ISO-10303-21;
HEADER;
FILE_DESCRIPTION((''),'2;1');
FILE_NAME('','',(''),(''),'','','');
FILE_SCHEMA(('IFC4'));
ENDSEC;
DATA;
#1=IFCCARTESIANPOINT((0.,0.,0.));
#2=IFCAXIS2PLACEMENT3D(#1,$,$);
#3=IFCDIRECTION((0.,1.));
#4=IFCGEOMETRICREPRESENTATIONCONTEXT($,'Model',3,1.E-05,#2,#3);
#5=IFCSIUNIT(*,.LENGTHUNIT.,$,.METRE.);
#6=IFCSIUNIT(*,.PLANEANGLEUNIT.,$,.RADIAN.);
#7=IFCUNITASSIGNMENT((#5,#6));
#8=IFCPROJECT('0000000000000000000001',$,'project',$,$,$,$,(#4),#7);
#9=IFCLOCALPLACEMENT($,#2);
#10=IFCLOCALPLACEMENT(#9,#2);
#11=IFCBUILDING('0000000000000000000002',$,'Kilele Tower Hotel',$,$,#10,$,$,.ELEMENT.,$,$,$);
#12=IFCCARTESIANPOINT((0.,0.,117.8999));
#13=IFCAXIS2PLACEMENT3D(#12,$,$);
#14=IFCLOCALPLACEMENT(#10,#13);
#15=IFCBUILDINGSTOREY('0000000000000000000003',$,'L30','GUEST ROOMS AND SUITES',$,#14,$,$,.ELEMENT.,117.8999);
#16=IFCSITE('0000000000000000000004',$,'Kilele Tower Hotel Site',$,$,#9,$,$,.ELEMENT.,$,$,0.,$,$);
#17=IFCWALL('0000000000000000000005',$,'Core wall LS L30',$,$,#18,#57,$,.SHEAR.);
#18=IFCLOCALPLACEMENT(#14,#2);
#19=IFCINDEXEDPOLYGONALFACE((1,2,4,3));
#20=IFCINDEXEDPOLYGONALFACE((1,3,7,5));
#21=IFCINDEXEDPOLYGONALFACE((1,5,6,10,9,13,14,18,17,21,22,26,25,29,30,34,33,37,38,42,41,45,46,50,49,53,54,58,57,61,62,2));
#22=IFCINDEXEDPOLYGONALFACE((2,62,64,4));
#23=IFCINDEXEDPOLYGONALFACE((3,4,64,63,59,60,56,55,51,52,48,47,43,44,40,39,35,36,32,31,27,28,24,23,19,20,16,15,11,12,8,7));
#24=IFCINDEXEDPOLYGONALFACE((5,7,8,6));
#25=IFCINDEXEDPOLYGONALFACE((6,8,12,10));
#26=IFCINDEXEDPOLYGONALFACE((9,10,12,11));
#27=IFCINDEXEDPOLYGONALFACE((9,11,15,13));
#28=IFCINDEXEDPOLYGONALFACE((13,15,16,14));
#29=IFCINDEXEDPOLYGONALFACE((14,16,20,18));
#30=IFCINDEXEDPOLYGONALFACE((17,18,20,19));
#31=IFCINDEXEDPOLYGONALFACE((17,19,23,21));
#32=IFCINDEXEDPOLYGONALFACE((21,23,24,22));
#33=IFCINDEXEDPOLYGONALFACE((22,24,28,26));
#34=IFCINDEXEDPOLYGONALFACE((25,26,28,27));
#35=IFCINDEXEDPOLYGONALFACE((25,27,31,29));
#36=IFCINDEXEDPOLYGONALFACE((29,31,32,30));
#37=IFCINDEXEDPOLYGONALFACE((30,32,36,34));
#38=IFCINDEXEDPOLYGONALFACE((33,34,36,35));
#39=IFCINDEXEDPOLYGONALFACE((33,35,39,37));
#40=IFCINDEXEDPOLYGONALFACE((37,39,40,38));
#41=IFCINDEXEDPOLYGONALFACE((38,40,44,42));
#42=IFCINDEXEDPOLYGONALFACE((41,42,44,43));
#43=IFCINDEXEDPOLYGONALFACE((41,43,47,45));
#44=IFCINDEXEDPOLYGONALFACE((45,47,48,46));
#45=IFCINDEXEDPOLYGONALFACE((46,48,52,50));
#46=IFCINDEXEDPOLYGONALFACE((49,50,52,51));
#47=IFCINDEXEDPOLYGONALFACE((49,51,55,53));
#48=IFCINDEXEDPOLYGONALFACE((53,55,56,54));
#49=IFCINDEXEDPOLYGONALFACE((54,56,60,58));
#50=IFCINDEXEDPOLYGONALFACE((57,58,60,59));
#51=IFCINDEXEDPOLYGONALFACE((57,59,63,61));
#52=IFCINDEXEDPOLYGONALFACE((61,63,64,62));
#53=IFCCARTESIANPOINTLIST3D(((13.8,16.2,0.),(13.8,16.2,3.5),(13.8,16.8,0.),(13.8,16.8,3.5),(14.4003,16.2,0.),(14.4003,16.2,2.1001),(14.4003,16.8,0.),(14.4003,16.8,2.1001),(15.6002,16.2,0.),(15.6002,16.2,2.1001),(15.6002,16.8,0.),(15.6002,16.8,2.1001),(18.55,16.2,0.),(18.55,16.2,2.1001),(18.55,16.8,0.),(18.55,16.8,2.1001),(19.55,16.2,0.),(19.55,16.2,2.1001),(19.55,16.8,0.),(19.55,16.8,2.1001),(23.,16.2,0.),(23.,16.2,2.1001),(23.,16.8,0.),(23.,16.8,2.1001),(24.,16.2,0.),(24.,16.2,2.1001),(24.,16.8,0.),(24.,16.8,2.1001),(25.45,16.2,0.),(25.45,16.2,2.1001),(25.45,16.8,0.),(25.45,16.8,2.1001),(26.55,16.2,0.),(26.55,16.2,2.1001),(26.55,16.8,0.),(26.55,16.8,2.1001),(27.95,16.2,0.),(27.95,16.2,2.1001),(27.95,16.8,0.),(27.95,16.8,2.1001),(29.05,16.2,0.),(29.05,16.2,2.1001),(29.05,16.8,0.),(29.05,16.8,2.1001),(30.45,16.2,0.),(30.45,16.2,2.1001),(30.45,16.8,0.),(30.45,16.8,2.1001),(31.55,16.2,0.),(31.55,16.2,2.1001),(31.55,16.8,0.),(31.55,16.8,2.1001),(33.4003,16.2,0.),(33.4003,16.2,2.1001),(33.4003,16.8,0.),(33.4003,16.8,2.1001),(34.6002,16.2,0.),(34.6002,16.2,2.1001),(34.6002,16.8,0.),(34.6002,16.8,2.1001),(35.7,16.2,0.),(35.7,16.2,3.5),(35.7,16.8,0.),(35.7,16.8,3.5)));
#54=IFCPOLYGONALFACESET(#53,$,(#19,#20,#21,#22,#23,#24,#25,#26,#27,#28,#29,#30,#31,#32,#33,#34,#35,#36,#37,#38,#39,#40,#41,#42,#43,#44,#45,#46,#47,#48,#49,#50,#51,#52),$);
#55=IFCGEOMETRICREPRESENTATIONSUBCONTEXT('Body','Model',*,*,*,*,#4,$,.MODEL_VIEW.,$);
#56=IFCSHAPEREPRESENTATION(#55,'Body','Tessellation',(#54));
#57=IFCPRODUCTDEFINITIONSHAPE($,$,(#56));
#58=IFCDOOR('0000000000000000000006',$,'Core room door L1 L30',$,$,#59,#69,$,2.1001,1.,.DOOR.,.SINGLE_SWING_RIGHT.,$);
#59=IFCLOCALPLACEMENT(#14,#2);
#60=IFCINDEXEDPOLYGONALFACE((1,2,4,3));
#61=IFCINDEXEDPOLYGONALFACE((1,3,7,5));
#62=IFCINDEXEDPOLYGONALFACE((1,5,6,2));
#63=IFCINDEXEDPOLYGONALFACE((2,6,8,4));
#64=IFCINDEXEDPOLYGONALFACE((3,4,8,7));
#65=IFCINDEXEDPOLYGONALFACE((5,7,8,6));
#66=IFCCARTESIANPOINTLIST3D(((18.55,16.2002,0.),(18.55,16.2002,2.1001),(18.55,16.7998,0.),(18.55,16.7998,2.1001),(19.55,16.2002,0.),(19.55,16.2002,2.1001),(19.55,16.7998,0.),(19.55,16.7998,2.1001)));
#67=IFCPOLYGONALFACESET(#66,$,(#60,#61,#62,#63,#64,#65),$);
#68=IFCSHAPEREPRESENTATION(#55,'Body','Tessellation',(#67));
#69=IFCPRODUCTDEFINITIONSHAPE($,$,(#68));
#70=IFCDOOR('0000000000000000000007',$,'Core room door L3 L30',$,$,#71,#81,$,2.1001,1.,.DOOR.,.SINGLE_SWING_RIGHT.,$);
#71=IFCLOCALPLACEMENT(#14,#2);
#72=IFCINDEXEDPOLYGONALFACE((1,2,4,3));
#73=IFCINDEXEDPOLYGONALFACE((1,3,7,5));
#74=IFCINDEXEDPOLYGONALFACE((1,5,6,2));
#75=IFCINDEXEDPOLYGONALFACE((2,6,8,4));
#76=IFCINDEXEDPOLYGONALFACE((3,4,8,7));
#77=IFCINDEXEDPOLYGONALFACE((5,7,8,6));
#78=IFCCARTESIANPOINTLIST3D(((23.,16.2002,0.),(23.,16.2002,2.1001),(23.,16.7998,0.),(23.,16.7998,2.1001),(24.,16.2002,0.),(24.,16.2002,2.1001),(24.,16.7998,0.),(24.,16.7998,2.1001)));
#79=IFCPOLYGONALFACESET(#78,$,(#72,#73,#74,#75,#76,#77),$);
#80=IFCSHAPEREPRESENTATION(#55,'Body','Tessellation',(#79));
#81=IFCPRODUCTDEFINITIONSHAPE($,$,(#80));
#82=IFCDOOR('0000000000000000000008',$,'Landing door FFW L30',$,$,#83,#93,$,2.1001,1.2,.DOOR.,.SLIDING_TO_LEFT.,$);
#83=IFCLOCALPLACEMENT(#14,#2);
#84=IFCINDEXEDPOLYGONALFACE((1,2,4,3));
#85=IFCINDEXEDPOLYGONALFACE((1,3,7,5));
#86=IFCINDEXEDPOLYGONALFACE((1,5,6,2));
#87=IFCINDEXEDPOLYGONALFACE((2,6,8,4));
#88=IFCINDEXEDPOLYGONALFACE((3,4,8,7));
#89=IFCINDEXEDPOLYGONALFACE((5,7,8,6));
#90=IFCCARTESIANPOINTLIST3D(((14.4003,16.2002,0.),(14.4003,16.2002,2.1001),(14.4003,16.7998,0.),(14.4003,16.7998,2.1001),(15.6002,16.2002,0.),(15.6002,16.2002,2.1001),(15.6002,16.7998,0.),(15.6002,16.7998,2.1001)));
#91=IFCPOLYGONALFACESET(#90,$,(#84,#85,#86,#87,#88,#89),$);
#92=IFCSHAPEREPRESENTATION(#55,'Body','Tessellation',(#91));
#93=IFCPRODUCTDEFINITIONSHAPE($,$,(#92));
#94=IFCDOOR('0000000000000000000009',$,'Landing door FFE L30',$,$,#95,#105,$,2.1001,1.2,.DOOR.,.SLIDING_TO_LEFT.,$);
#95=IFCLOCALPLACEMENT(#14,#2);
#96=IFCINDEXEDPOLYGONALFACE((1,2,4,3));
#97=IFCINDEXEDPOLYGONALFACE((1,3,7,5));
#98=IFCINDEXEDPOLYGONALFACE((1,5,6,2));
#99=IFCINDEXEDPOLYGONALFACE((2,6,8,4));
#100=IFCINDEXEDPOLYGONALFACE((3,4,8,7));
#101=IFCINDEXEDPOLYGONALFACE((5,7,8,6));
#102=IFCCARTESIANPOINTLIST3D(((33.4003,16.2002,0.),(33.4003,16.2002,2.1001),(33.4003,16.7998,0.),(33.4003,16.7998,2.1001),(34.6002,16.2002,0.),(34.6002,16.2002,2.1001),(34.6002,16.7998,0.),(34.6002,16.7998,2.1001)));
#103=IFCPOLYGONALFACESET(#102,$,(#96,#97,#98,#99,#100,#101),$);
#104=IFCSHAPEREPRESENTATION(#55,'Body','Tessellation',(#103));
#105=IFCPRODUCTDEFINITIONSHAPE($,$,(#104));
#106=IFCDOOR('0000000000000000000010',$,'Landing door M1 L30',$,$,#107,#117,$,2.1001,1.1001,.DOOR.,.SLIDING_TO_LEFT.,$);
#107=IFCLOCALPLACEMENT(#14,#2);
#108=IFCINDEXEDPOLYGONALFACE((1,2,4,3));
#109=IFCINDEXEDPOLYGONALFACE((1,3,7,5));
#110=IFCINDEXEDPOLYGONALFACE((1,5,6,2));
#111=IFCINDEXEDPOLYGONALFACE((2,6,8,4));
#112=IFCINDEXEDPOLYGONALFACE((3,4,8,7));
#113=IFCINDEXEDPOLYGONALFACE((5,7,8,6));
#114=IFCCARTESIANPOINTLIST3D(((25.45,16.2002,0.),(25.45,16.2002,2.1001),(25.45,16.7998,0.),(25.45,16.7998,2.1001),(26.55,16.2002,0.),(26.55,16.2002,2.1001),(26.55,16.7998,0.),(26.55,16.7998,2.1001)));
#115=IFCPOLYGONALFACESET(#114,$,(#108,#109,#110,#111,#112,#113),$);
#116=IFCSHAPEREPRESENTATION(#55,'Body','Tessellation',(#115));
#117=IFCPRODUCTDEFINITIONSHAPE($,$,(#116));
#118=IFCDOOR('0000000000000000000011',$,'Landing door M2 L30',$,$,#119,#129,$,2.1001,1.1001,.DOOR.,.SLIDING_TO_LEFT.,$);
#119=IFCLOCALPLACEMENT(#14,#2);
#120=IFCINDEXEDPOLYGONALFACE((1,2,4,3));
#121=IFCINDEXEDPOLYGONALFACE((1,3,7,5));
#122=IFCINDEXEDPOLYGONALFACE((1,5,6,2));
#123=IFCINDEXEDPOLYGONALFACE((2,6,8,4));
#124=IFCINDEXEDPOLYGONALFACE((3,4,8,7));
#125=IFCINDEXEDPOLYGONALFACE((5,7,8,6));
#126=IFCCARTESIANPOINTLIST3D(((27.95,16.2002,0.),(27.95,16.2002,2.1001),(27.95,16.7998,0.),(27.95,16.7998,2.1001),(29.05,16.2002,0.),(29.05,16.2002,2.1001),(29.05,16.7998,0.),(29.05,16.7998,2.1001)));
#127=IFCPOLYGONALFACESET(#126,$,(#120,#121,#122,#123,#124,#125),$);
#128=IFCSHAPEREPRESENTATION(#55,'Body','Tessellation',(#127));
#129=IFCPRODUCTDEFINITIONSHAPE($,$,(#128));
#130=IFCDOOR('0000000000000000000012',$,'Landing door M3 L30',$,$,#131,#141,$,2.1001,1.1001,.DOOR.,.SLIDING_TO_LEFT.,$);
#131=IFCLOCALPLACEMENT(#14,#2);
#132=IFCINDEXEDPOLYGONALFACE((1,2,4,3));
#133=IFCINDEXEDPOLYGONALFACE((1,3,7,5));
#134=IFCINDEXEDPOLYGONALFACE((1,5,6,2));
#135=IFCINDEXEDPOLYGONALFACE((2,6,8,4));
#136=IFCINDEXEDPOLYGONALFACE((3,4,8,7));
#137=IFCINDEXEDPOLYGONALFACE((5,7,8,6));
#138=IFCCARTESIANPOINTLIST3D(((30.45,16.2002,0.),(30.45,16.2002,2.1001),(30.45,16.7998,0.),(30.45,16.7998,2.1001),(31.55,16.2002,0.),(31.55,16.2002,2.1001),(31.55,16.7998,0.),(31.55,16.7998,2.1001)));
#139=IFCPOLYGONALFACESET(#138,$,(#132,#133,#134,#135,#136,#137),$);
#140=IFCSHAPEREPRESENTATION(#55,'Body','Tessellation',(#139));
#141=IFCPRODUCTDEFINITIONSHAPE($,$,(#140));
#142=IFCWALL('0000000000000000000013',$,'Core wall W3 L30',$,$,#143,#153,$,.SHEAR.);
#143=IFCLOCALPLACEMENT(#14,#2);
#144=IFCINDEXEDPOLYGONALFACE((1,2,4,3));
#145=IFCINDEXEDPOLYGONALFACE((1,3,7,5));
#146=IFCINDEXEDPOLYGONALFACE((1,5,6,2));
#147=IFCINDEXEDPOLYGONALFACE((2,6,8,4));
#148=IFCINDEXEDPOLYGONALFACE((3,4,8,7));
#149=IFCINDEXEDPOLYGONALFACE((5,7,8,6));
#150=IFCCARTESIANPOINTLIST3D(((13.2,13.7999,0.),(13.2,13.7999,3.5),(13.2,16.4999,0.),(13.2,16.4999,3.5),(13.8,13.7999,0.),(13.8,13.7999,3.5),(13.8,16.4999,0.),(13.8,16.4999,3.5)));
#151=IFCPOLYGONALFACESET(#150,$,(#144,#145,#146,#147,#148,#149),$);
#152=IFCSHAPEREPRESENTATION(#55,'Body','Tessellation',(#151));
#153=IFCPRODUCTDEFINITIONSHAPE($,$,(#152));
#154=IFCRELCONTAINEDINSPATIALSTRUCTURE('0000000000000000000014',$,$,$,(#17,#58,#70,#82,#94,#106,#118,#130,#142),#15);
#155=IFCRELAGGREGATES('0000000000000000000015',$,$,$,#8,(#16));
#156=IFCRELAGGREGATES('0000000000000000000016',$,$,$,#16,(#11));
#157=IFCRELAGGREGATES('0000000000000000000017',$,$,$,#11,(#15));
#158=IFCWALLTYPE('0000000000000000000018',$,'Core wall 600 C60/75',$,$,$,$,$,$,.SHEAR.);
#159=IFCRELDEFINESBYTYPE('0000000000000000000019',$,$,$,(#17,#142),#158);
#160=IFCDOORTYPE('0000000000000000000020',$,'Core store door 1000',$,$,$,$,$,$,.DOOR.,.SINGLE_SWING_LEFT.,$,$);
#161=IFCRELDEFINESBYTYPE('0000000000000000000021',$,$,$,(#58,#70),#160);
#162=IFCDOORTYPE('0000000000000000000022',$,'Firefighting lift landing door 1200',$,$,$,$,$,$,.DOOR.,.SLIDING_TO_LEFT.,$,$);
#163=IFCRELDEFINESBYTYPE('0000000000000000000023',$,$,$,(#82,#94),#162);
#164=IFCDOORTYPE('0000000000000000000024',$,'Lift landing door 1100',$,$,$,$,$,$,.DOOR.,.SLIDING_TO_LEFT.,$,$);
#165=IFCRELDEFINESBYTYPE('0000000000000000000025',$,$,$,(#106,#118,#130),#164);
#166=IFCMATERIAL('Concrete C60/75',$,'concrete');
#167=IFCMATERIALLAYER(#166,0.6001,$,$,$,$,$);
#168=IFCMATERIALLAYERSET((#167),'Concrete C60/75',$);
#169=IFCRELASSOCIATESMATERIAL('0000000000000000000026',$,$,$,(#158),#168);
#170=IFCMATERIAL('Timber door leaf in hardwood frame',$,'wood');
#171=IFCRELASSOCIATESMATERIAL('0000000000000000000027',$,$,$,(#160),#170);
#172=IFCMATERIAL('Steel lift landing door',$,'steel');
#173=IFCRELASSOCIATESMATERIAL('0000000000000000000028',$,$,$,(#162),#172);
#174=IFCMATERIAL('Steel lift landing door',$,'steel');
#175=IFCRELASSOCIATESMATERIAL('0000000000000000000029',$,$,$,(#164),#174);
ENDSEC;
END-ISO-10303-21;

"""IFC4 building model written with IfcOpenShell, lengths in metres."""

from ifc_helpers import new_model, si_unit, direction, frame, frame_2d, origin, place, context, subcontext, project, spatial, rectangle, extrude, material, layer, layer_set, type_object, element, fill, save


model = new_model("IFC4")

# Units and contexts
model_context = context("Model", 3, precision=1e-05, world=origin(), true_north=direction((0.0, 1.0)))
body_context = subcontext(model_context, "Body", "Model", "MODEL_VIEW")
ifc_project = project(units=[si_unit("LENGTHUNIT", "METRE"), si_unit("PLANEANGLEUNIT", "RADIAN")], contexts=[model_context])

# Site, building, storey
site_placement = place(None, origin())
site = spatial("IfcSite", under=ifc_project, at=site_placement, Name="Kilele Tower Hotel Site", CompositionType="ELEMENT", RefElevation=0.0)
building_placement = place(site_placement, origin())
building = spatial("IfcBuilding", under=site, at=building_placement, Name="Kilele Tower Hotel", CompositionType="ELEMENT")
storey_placement = place(building_placement, frame((0.0, 0.0, 117.8999)))
storey = spatial("IfcBuildingStorey", under=building, at=storey_placement, Name="L30", Description="GUEST ROOMS AND SUITES", CompositionType="ELEMENT", Elevation=117.8999)

# Shared definitions
ifc_material_1 = material(Name="Concrete C60/75", Category="concrete")
ifc_layer_1 = layer(ifc_material_1, 0.6001)
ifc_layer_set_1 = layer_set([ifc_layer_1], Name="Concrete C60/75")
wall_type_1 = type_object("IfcWallType", Name="Core wall 600 C60/75", PredefinedType="SHEAR", material=ifc_layer_set_1)

# Wall, openings, doors
wall_1_placement = place(storey_placement, frame((13.8, 16.5, 0.0), z_axis=(0.0, 0.0, 1.0), x_axis=(1.0, 0.0, 0.0)))
wall_1 = element("IfcWall", 1, at=wall_1_placement, inside=storey, type_object=wall_type_1, Name="Core wall LS L30", PredefinedType="SHEAR", context=body_context, shape_type="SweptSolid", body=[
    extrude(rectangle(XDim=21.8999, YDim=0.6001, at=frame_2d((10.95, 0.0))), origin(), (0.0, 0.0, 1.0), 3.5),
])
opening_1_placement = place(wall_1_placement, frame((11.6499, 0.0, 0.0)))
opening_1 = element("IfcOpeningElement", 2, at=opening_1_placement, cuts=wall_1, PredefinedType="OPENING", context=body_context, shape_type="SweptSolid", body=[
    extrude(rectangle(XDim=1.1001, YDim=2.1001, at=frame_2d((0.55, 1.05))), frame((0.0, 0.3101, 0.0), z_axis=(0.0, -1.0, 0.0), x_axis=(1.0, 0.0, 0.0)), (0.0, 0.0, 1.0), 0.6201),
])
opening_2_placement = place(wall_1_placement, frame((14.1499, 0.0, 0.0)))
opening_2 = element("IfcOpeningElement", 3, at=opening_2_placement, cuts=wall_1, PredefinedType="OPENING", context=body_context, shape_type="SweptSolid", body=[
    extrude(rectangle(XDim=1.1001, YDim=2.1001, at=frame_2d((0.55, 1.05))), frame((0.0, 0.3101, 0.0), z_axis=(0.0, -1.0, 0.0), x_axis=(1.0, 0.0, 0.0)), (0.0, 0.0, 1.0), 0.6201),
])
opening_3_placement = place(wall_1_placement, frame((16.6499, 0.0, 0.0)))
opening_3 = element("IfcOpeningElement", 4, at=opening_3_placement, cuts=wall_1, PredefinedType="OPENING", context=body_context, shape_type="SweptSolid", body=[
    extrude(rectangle(XDim=1.1001, YDim=2.1001, at=frame_2d((0.55, 1.05))), frame((0.0, 0.3101, 0.0), z_axis=(0.0, -1.0, 0.0), x_axis=(1.0, 0.0, 0.0)), (0.0, 0.0, 1.0), 0.6201),
])
opening_4_placement = place(wall_1_placement, frame((5.75, 0.0, 0.0), z_axis=(0.0, 0.0, 1.0), x_axis=(-1.0, 0.0, 0.0)))
opening_4 = element("IfcOpeningElement", 5, at=opening_4_placement, cuts=wall_1, PredefinedType="OPENING", context=body_context, shape_type="SweptSolid", body=[
    extrude(rectangle(XDim=1.0, YDim=2.1001, at=frame_2d((0.5, 1.05))), frame((0.0, 0.3101, 0.0), z_axis=(0.0, -1.0, 0.0), x_axis=(1.0, 0.0, 0.0)), (0.0, 0.0, 1.0), 0.6201),
])
opening_5_placement = place(wall_1_placement, frame((10.2, 0.0, 0.0), z_axis=(0.0, 0.0, 1.0), x_axis=(-1.0, 0.0, 0.0)))
opening_5 = element("IfcOpeningElement", 6, at=opening_5_placement, cuts=wall_1, PredefinedType="OPENING", context=body_context, shape_type="SweptSolid", body=[
    extrude(rectangle(XDim=1.0, YDim=2.1001, at=frame_2d((0.5, 1.05))), frame((0.0, 0.3101, 0.0), z_axis=(0.0, -1.0, 0.0), x_axis=(1.0, 0.0, 0.0)), (0.0, 0.0, 1.0), 0.6201),
])
opening_6_placement = place(wall_1_placement, frame((0.6001, 0.0, 0.0)))
opening_6 = element("IfcOpeningElement", 7, at=opening_6_placement, cuts=wall_1, PredefinedType="OPENING", context=body_context, shape_type="SweptSolid", body=[
    extrude(rectangle(XDim=1.2, YDim=2.1001, at=frame_2d((0.6001, 1.05))), frame((0.0, 0.3101, 0.0), z_axis=(0.0, -1.0, 0.0), x_axis=(1.0, 0.0, 0.0)), (0.0, 0.0, 1.0), 0.6201),
])
opening_7_placement = place(wall_1_placement, frame((19.6001, 0.0, 0.0)))
opening_7 = element("IfcOpeningElement", 8, at=opening_7_placement, cuts=wall_1, PredefinedType="OPENING", context=body_context, shape_type="SweptSolid", body=[
    extrude(rectangle(XDim=1.2, YDim=2.1001, at=frame_2d((0.6001, 1.05))), frame((0.0, 0.3101, 0.0), z_axis=(0.0, -1.0, 0.0), x_axis=(1.0, 0.0, 0.0)), (0.0, 0.0, 1.0), 0.6201),
])
ifc_material_2 = material(Name="Timber door leaf in hardwood frame", Category="wood")
door_type_1 = type_object("IfcDoorType", Name="Core store door 1000", OperationType="SINGLE_SWING_LEFT", PredefinedType="DOOR", material=ifc_material_2)
door_1_placement = place(opening_4_placement, origin())
door_1 = element("IfcDoor", 9, at=door_1_placement, inside=storey, type_object=door_type_1, Name="Core room door L1 L30", OperationType="SINGLE_SWING_RIGHT", OverallHeight=2.1001, OverallWidth=1.0, PredefinedType="DOOR", context=body_context, shape_type="SweptSolid", body=[
    extrude(rectangle(XDim=1.0, YDim=2.1001, at=frame_2d((0.5, 1.05))), frame((0.0, 0.2998, 0.0), z_axis=(0.0, -1.0, 0.0), x_axis=(1.0, 0.0, 0.0)), (0.0, 0.0, 1.0), 0.5996),
])
fill(opening_4, door_1)
door_2_placement = place(opening_5_placement, origin())
door_2 = element("IfcDoor", 10, at=door_2_placement, inside=storey, type_object=door_type_1, Name="Core room door L3 L30", OperationType="SINGLE_SWING_RIGHT", OverallHeight=2.1001, OverallWidth=1.0, PredefinedType="DOOR", context=body_context, shape_type="SweptSolid", body=[
    extrude(rectangle(XDim=1.0, YDim=2.1001, at=frame_2d((0.5, 1.05))), frame((0.0, 0.2998, 0.0), z_axis=(0.0, -1.0, 0.0), x_axis=(1.0, 0.0, 0.0)), (0.0, 0.0, 1.0), 0.5996),
])
fill(opening_5, door_2)
ifc_material_3 = material(Name="Steel lift landing door", Category="steel")
door_type_2 = type_object("IfcDoorType", Name="Firefighting lift landing door 1200", OperationType="SLIDING_TO_LEFT", PredefinedType="DOOR", material=ifc_material_3)
door_3_placement = place(opening_6_placement, origin())
door_3 = element("IfcDoor", 11, at=door_3_placement, inside=storey, type_object=door_type_2, Name="Landing door FFW L30", OperationType="SLIDING_TO_LEFT", OverallHeight=2.1001, OverallWidth=1.2, PredefinedType="DOOR", context=body_context, shape_type="SweptSolid", body=[
    extrude(rectangle(XDim=1.2, YDim=2.1001, at=frame_2d((0.6001, 1.05))), frame((0.0, 0.2998, 0.0), z_axis=(0.0, -1.0, 0.0), x_axis=(1.0, 0.0, 0.0)), (0.0, 0.0, 1.0), 0.5996),
])
fill(opening_6, door_3)
door_4_placement = place(opening_7_placement, origin())
door_4 = element("IfcDoor", 12, at=door_4_placement, inside=storey, type_object=door_type_2, Name="Landing door FFE L30", OperationType="SLIDING_TO_LEFT", OverallHeight=2.1001, OverallWidth=1.2, PredefinedType="DOOR", context=body_context, shape_type="SweptSolid", body=[
    extrude(rectangle(XDim=1.2, YDim=2.1001, at=frame_2d((0.6001, 1.05))), frame((0.0, 0.2998, 0.0), z_axis=(0.0, -1.0, 0.0), x_axis=(1.0, 0.0, 0.0)), (0.0, 0.0, 1.0), 0.5996),
])
fill(opening_7, door_4)
ifc_material_4 = material(Name="Steel lift landing door", Category="steel")
door_type_3 = type_object("IfcDoorType", Name="Lift landing door 1100", OperationType="SLIDING_TO_LEFT", PredefinedType="DOOR", material=ifc_material_4)
door_5_placement = place(opening_1_placement, origin())
door_5 = element("IfcDoor", 13, at=door_5_placement, inside=storey, type_object=door_type_3, Name="Landing door M1 L30", OperationType="SLIDING_TO_LEFT", OverallHeight=2.1001, OverallWidth=1.1001, PredefinedType="DOOR", context=body_context, shape_type="SweptSolid", body=[
    extrude(rectangle(XDim=1.1001, YDim=2.1001, at=frame_2d((0.55, 1.05))), frame((0.0, 0.2998, 0.0), z_axis=(0.0, -1.0, 0.0), x_axis=(1.0, 0.0, 0.0)), (0.0, 0.0, 1.0), 0.5996),
])
fill(opening_1, door_5)
door_6_placement = place(opening_2_placement, origin())
door_6 = element("IfcDoor", 14, at=door_6_placement, inside=storey, type_object=door_type_3, Name="Landing door M2 L30", OperationType="SLIDING_TO_LEFT", OverallHeight=2.1001, OverallWidth=1.1001, PredefinedType="DOOR", context=body_context, shape_type="SweptSolid", body=[
    extrude(rectangle(XDim=1.1001, YDim=2.1001, at=frame_2d((0.55, 1.05))), frame((0.0, 0.2998, 0.0), z_axis=(0.0, -1.0, 0.0), x_axis=(1.0, 0.0, 0.0)), (0.0, 0.0, 1.0), 0.5996),
])
fill(opening_2, door_6)
door_7_placement = place(opening_3_placement, origin())
door_7 = element("IfcDoor", 15, at=door_7_placement, inside=storey, type_object=door_type_3, Name="Landing door M3 L30", OperationType="SLIDING_TO_LEFT", OverallHeight=2.1001, OverallWidth=1.1001, PredefinedType="DOOR", context=body_context, shape_type="SweptSolid", body=[
    extrude(rectangle(XDim=1.1001, YDim=2.1001, at=frame_2d((0.55, 1.05))), frame((0.0, 0.2998, 0.0), z_axis=(0.0, -1.0, 0.0), x_axis=(1.0, 0.0, 0.0)), (0.0, 0.0, 1.0), 0.5996),
])
fill(opening_3, door_7)

# Wall
wall_2_placement = place(storey_placement, frame((13.5, 16.5, 0.0), z_axis=(0.0, 0.0, 1.0), x_axis=(0.0, -1.0, 0.0)))
element("IfcWall", 16, at=wall_2_placement, inside=storey, type_object=wall_type_1, Name="Core wall W3 L30", PredefinedType="SHEAR", context=body_context, shape_type="SweptSolid", body=[
    extrude(rectangle(XDim=2.7, YDim=0.6001, at=frame_2d((1.3501, 0.0))), origin(), (0.0, 0.0, 1.0), 3.5),
])

save(model, "model.ifc")
